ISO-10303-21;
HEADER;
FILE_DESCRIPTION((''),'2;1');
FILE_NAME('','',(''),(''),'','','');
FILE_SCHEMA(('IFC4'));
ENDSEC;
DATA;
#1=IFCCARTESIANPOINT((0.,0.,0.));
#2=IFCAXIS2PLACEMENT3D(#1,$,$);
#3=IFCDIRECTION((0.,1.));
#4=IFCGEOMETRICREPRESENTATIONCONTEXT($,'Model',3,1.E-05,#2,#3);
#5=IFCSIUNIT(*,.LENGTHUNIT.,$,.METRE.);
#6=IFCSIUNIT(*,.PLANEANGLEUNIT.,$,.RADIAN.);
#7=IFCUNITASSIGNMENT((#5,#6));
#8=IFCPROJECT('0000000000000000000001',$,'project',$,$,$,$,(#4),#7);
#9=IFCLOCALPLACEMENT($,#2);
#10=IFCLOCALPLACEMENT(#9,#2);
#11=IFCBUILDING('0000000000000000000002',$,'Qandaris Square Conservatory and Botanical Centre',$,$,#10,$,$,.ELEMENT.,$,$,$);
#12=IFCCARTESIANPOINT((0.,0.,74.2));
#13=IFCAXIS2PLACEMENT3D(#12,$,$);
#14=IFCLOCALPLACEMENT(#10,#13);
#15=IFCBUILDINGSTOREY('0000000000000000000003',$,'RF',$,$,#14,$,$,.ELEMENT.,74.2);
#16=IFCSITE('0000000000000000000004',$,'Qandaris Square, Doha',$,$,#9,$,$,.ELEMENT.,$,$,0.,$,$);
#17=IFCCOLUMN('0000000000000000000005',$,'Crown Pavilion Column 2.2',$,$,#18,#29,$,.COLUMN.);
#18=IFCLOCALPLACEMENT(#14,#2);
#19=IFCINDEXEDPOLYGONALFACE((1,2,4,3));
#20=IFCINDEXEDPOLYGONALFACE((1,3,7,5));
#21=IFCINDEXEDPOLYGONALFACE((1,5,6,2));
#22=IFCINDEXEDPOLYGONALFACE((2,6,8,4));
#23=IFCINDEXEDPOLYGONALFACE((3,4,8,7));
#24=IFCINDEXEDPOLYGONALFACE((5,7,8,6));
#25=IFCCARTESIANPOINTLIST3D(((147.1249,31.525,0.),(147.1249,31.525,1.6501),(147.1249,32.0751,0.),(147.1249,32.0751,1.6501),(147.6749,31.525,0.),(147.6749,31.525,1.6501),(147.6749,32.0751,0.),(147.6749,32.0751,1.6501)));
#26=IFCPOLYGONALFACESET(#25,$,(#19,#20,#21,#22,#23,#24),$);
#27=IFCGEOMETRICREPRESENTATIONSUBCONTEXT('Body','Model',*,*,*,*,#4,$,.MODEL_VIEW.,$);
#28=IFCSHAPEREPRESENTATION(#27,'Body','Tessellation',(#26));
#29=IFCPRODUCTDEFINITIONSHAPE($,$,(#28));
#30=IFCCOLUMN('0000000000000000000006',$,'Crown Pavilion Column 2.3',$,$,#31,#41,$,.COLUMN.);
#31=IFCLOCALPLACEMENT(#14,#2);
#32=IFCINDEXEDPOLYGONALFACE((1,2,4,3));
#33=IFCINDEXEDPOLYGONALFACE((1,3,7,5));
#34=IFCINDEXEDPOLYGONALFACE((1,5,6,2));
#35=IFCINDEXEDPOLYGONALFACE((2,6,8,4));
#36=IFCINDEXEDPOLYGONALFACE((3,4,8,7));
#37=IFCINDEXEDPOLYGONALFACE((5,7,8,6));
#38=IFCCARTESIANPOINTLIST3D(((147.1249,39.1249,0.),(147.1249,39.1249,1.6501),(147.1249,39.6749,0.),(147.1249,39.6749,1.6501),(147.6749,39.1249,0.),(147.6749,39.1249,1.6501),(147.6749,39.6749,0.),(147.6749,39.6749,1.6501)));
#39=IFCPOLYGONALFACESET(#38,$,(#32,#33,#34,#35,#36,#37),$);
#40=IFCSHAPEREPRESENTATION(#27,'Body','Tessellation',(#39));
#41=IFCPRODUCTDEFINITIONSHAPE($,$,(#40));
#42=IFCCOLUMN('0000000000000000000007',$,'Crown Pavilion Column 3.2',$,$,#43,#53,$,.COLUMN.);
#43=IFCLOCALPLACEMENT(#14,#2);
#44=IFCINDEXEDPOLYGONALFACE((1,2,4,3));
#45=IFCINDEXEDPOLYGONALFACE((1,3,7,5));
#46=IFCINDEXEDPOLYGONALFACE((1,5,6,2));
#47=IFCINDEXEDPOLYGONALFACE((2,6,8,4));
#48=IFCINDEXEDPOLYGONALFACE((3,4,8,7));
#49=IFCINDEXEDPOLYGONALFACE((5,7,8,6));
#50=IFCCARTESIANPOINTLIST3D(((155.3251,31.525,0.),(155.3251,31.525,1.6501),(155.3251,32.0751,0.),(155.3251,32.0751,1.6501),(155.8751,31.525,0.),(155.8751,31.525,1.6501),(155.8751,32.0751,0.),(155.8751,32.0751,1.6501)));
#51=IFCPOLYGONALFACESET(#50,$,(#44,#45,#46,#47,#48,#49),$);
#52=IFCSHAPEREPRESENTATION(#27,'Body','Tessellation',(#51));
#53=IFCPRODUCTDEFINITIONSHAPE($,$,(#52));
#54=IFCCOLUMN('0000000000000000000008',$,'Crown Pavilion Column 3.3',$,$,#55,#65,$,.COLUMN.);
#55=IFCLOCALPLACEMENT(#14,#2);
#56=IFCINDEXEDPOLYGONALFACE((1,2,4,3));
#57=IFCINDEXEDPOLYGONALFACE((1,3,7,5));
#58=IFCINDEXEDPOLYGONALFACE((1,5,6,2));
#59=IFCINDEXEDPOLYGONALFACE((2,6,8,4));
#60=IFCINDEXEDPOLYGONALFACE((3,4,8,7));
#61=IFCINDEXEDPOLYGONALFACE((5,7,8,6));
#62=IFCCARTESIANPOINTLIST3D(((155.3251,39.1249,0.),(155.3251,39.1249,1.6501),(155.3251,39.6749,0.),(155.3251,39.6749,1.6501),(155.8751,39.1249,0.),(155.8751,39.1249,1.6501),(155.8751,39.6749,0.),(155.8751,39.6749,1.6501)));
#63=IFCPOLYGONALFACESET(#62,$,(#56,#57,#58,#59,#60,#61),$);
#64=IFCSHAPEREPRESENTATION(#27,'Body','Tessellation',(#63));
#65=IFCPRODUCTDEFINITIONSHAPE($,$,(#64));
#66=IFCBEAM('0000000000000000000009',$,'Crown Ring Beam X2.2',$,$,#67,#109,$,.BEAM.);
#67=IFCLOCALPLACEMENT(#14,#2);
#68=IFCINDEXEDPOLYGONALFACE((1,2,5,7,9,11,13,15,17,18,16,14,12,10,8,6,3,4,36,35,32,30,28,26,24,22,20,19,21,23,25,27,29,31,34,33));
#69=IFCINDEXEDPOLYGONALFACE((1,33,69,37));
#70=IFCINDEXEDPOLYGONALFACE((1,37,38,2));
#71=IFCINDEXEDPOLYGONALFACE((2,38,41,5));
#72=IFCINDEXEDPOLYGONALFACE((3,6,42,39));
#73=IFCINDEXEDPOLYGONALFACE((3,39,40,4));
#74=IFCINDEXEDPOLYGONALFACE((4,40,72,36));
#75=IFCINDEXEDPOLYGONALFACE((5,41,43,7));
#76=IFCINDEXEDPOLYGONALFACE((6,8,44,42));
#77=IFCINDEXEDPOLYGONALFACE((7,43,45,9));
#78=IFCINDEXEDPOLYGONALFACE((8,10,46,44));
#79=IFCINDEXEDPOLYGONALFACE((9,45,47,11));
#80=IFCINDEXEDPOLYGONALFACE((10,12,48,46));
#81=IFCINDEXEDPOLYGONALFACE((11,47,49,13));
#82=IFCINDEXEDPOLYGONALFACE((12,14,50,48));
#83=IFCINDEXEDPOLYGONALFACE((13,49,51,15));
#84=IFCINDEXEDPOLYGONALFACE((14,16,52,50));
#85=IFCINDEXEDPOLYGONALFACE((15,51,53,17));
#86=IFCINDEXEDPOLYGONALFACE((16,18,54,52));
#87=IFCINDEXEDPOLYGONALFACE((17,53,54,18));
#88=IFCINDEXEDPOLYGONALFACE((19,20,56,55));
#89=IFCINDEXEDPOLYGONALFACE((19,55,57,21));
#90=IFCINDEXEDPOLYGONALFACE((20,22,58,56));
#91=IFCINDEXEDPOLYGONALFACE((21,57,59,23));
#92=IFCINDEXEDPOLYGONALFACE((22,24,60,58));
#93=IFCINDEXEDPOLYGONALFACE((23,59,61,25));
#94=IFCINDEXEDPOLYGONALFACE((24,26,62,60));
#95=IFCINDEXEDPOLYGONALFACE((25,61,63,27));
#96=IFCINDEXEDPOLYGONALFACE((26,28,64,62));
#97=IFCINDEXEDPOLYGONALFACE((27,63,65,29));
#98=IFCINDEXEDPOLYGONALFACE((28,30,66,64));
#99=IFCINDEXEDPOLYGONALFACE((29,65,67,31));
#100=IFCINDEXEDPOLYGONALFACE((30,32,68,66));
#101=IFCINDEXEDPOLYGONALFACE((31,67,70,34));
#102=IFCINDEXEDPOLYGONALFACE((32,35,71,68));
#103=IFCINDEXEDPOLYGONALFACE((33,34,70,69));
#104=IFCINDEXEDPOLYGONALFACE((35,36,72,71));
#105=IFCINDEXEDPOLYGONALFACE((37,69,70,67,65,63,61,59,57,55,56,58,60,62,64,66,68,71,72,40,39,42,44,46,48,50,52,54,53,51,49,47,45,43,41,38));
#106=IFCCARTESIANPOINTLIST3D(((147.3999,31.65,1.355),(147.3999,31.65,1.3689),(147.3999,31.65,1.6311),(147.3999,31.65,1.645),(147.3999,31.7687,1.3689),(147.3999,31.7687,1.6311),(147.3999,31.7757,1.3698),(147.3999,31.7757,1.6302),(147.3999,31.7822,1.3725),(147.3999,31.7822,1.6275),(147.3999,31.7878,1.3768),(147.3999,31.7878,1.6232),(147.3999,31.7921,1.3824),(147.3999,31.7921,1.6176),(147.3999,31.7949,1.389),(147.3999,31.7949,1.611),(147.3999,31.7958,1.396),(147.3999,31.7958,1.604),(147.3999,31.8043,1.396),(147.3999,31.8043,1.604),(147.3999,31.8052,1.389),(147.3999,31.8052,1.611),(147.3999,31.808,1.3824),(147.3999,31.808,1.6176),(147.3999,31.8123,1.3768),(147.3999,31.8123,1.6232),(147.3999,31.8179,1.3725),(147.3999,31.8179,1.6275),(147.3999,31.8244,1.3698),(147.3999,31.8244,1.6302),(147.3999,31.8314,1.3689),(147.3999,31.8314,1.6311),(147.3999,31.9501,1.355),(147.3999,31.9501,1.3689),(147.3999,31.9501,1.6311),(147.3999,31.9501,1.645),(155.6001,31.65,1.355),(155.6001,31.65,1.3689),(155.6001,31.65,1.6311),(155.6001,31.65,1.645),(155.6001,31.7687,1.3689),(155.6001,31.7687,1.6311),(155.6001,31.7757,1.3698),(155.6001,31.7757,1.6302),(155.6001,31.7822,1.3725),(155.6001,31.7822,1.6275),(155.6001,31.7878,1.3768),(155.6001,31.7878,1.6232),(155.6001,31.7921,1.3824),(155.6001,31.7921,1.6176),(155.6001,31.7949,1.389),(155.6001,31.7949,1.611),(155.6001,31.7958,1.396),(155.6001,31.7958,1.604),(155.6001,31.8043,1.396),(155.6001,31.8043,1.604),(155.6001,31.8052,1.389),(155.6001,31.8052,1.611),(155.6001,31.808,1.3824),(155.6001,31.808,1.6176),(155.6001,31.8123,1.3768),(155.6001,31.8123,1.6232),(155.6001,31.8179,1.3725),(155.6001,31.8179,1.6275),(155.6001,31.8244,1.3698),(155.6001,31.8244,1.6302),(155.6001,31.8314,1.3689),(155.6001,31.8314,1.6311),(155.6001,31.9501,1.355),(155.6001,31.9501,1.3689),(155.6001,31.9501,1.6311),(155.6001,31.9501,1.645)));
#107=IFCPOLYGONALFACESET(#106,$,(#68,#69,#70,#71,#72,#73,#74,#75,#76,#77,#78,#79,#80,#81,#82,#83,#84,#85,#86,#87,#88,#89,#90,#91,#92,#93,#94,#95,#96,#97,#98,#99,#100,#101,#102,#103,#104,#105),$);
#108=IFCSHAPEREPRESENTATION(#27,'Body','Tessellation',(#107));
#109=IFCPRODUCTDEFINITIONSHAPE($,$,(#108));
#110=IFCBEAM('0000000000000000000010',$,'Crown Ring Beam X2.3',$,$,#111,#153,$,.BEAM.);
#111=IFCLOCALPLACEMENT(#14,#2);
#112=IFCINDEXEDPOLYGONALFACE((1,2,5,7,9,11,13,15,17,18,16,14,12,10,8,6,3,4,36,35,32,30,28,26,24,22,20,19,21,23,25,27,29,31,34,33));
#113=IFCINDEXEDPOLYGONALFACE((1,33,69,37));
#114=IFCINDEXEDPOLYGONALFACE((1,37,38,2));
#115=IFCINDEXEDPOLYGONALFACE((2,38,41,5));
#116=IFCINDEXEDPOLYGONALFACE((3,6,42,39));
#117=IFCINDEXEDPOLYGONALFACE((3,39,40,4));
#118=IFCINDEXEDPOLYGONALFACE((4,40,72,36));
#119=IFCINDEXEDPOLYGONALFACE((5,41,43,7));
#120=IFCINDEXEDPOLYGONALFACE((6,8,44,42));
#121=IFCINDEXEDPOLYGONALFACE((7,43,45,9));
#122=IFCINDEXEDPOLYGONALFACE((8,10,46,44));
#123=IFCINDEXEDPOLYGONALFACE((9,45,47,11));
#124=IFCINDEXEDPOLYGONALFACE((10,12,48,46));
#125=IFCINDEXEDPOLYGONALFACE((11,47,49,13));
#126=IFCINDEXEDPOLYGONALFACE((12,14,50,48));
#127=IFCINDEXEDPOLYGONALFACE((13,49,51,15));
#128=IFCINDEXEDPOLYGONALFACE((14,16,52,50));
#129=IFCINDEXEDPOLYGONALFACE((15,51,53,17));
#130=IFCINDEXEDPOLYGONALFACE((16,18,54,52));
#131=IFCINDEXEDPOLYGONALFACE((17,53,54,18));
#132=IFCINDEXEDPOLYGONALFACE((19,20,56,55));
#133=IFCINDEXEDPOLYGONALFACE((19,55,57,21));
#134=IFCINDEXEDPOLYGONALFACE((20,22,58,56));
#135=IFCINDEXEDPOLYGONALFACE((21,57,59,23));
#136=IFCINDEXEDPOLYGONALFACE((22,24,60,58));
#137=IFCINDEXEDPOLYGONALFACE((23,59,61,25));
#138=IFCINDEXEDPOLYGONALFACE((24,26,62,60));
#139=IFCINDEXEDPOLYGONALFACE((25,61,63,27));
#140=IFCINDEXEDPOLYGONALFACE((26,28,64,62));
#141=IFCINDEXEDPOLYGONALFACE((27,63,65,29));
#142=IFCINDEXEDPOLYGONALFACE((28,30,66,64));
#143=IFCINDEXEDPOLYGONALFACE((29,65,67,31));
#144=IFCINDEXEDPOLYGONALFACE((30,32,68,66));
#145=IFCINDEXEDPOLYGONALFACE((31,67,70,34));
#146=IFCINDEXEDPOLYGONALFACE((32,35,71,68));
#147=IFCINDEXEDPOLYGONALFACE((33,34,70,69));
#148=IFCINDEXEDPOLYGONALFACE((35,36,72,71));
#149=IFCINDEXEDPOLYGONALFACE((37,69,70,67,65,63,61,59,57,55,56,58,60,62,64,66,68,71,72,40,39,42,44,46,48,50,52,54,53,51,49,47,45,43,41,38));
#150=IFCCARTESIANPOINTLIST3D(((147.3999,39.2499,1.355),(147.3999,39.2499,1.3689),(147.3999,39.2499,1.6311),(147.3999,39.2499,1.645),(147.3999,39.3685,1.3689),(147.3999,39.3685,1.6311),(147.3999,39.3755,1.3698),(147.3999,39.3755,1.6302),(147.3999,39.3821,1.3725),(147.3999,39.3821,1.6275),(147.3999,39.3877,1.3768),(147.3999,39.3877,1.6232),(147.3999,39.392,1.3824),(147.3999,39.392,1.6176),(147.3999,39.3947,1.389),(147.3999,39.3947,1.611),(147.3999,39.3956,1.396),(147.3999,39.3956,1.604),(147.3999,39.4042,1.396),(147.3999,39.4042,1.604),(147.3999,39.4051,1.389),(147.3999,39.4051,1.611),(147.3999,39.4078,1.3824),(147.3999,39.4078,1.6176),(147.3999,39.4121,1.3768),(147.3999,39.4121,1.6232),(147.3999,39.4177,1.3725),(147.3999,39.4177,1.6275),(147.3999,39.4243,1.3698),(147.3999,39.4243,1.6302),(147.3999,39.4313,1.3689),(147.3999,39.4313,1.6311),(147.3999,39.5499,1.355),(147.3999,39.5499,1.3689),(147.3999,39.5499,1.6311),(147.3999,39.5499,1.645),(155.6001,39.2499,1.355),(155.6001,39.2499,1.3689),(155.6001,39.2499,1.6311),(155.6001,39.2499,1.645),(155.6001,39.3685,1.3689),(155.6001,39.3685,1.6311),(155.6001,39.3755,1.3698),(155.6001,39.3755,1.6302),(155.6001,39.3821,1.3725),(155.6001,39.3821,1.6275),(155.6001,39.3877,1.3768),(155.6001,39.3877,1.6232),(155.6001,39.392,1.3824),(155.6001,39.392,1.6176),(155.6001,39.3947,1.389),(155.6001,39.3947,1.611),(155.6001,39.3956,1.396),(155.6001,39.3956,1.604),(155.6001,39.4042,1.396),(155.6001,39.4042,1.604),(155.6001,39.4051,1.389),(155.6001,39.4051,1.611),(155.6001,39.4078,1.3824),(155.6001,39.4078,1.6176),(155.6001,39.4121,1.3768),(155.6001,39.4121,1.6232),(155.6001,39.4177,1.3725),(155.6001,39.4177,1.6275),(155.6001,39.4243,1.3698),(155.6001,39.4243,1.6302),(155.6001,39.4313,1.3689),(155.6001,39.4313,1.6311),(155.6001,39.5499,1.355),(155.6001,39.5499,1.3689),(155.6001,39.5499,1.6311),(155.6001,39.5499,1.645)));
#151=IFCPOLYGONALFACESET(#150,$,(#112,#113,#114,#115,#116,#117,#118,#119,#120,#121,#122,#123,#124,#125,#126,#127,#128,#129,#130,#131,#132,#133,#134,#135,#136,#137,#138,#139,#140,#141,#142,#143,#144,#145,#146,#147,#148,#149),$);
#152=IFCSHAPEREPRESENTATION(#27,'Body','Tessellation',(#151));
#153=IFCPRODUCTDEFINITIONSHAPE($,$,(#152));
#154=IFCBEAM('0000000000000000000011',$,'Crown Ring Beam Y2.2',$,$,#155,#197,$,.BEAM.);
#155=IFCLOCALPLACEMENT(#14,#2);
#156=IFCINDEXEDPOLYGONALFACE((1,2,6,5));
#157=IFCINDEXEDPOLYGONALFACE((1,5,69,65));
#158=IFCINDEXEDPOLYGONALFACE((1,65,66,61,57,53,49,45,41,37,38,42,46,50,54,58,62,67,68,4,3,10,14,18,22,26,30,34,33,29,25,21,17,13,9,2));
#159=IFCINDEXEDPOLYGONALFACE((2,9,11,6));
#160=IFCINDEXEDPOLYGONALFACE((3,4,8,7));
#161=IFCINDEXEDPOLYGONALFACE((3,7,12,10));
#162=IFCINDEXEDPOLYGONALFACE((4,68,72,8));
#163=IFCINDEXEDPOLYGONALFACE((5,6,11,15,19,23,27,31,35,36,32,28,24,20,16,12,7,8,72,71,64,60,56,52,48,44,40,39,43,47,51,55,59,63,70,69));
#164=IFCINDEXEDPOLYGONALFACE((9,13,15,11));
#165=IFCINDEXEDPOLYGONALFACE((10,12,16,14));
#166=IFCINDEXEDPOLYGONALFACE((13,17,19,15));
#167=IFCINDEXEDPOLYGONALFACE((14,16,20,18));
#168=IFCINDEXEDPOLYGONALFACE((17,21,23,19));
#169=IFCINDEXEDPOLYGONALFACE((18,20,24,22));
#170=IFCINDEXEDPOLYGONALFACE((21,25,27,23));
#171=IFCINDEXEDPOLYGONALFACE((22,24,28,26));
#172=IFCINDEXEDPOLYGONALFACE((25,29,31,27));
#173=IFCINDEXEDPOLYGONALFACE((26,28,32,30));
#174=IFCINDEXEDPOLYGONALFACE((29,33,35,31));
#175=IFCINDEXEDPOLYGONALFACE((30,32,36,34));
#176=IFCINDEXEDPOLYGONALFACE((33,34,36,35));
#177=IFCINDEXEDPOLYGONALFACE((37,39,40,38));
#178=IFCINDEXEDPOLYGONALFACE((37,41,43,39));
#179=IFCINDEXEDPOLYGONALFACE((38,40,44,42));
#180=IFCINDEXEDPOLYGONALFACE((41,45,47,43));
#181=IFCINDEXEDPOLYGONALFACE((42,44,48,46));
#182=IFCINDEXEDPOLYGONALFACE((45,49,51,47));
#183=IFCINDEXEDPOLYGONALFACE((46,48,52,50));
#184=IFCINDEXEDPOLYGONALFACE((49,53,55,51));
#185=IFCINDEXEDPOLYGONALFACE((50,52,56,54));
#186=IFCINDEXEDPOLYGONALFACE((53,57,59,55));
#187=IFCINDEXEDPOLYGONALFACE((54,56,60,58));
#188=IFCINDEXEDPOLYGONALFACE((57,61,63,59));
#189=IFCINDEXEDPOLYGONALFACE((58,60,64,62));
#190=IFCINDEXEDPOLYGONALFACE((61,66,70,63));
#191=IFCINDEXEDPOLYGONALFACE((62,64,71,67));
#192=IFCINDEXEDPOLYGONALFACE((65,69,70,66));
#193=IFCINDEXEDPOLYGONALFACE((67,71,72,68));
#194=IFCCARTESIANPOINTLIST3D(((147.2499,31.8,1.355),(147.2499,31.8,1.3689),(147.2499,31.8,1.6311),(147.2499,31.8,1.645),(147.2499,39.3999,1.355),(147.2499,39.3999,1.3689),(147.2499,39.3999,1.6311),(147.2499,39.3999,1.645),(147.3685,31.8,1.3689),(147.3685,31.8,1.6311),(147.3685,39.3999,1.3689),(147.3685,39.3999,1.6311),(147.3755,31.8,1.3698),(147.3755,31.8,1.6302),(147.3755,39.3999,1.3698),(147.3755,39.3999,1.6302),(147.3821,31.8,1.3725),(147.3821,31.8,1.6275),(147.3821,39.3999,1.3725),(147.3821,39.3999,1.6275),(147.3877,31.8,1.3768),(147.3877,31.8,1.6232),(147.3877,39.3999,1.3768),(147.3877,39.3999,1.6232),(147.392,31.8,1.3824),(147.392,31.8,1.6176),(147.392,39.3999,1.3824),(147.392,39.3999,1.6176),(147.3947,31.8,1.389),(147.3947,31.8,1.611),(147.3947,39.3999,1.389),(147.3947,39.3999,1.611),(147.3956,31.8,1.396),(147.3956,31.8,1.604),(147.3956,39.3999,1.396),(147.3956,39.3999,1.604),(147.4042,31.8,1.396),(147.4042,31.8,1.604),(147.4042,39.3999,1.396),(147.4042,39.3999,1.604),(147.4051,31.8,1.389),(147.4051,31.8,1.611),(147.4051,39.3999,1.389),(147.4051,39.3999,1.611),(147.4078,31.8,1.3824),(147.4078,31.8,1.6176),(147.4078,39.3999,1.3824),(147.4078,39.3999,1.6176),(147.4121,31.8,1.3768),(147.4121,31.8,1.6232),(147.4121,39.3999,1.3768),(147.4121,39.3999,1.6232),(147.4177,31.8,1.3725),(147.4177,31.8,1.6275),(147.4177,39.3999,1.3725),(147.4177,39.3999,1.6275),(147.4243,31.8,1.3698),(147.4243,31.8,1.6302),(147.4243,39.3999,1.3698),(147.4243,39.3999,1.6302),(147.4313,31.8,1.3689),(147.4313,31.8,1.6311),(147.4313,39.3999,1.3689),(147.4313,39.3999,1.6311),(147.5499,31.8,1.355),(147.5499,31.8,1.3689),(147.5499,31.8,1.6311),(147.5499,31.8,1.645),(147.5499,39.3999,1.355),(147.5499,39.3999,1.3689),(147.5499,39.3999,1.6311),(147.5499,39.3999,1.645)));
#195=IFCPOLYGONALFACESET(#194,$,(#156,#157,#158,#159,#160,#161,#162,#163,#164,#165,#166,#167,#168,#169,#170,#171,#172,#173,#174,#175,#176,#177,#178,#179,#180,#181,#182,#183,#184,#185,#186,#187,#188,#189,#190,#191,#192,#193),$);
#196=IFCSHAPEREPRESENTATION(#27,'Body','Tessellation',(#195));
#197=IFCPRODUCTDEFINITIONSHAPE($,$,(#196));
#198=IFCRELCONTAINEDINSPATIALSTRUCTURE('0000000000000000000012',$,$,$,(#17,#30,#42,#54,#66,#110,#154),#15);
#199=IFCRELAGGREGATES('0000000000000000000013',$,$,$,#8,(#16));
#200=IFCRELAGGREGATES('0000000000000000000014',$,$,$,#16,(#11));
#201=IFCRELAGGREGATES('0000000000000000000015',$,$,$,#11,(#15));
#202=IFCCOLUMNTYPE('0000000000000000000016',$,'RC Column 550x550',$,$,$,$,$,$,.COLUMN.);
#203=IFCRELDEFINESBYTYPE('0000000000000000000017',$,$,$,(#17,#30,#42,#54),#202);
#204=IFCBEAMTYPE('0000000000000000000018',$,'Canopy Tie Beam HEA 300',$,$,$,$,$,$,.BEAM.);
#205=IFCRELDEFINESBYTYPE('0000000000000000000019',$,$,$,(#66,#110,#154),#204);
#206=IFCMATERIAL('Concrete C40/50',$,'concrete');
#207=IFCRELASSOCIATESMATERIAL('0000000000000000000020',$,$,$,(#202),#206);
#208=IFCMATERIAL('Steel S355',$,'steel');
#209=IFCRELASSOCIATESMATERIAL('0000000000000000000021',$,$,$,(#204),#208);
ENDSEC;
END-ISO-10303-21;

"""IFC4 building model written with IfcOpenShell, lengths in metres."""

from ifc_helpers import new_model, si_unit, direction, frame, origin, origin_2d, place, context, subcontext, project, spatial, rectangle, i_section, extrude, material, material_profile, profile_set, type_object, element, save


model = new_model("IFC4")

# Units and contexts
model_context = context("Model", 3, precision=1e-05, world=origin(), true_north=direction((0.0, 1.0)))
body_context = subcontext(model_context, "Body", "Model", "MODEL_VIEW")
ifc_project = project(units=[si_unit("LENGTHUNIT", "METRE"), si_unit("PLANEANGLEUNIT", "RADIAN")], contexts=[model_context])

# Site, building, storey
site_placement = place(None, origin())
site = spatial("IfcSite", under=ifc_project, at=site_placement, Name="Qandaris Square, Doha", CompositionType="ELEMENT", RefElevation=0.0)
building_placement = place(site_placement, origin())
building = spatial("IfcBuilding", under=site, at=building_placement, Name="Qandaris Square Conservatory and Botanical Centre", CompositionType="ELEMENT")
storey_placement = place(building_placement, frame((0.0, 0.0, 74.2)))
storey = spatial("IfcBuildingStorey", under=building, at=storey_placement, Name="RF", CompositionType="ELEMENT", Elevation=74.2)

# Columns
ifc_material_1 = material(Name="Concrete C40/50", Category="concrete")
ifc_material_profile_1 = material_profile(ifc_material_1, rectangle(XDim=0.55, YDim=0.55, at=origin_2d()), Name="RC-COL 550x550")
ifc_profile_set_1 = profile_set([ifc_material_profile_1], Name="Concrete C40/50")
column_type = type_object("IfcColumnType", Name="RC Column 550x550", PredefinedType="COLUMN", material=ifc_profile_set_1)
for number, where, z_axis, x_axis, name in (
    (1, (147.3999, 31.8, 0.0), (0.0, 0.0, 1.0), (1.0, 0.0, 0.0), "Crown Pavilion Column 2.2"),
    (2, (147.3999, 39.3999, 0.0), (0.0, 0.0, 1.0), (1.0, 0.0, 0.0), "Crown Pavilion Column 2.3"),
    (3, (155.6001, 31.8, 0.0), (0.0, 0.0, 1.0), (1.0, 0.0, 0.0), "Crown Pavilion Column 3.2"),
    (4, (155.6001, 39.3999, 0.0), (0.0, 0.0, 1.0), (1.0, 0.0, 0.0), "Crown Pavilion Column 3.3"),
):
    element("IfcColumn", number, at=place(storey_placement, frame(where, z_axis=z_axis, x_axis=x_axis)), inside=storey, type_object=column_type, Name=name, PredefinedType="COLUMN", context=body_context, shape_type="SweptSolid", body=[
        extrude(rectangle(XDim=0.55, YDim=0.55, at=origin_2d()), origin(), (0.0, 0.0, 1.0), 1.6501),
    ])

# Beams
ifc_material_2 = material(Name="Steel S355", Category="steel")
ifc_material_profile_2 = material_profile(ifc_material_2, i_section(OverallWidth=0.3, OverallDepth=0.29, WebThickness=0.0085, FlangeThickness=0.0139, FilletRadius=0.0271, at=origin_2d()), Name="HEA 300")
ifc_profile_set_2 = profile_set([ifc_material_profile_2], Name="Steel S355")
beam_type = type_object("IfcBeamType", Name="Canopy Tie Beam HEA 300", PredefinedType="BEAM", material=ifc_profile_set_2)
for number, where, z_axis, x_axis, name in (
    (5, (147.3999, 31.8, 1.5), (1.0, 0.0, 0.0), (0.0, 1.0, 0.0), "Crown Ring Beam X2.2"),
    (6, (147.3999, 39.3999, 1.5), (1.0, 0.0, 0.0), (0.0, 1.0, 0.0), "Crown Ring Beam X2.3"),
):
    element("IfcBeam", number, at=place(storey_placement, frame(where, z_axis=z_axis, x_axis=x_axis)), inside=storey, type_object=beam_type, Name=name, PredefinedType="BEAM", context=body_context, shape_type="SweptSolid", body=[
        extrude(i_section(OverallWidth=0.3, OverallDepth=0.29, WebThickness=0.0085, FlangeThickness=0.0139, FilletRadius=0.0271, at=origin_2d()), origin(), (0.0, 0.0, 1.0), 8.2002),
    ])
for number, where, z_axis, x_axis, name in (
    (7, (147.3999, 31.8, 1.5), (0.0, 1.0, 0.0), (-1.0, 0.0, 0.0), "Crown Ring Beam Y2.2"),
):
    element("IfcBeam", number, at=place(storey_placement, frame(where, z_axis=z_axis, x_axis=x_axis)), inside=storey, type_object=beam_type, Name=name, PredefinedType="BEAM", context=body_context, shape_type="SweptSolid", body=[
        extrude(i_section(OverallWidth=0.3, OverallDepth=0.29, WebThickness=0.0085, FlangeThickness=0.0139, FilletRadius=0.0271, at=origin_2d()), origin(), (0.0, 0.0, 1.0), 7.5999),
    ])

save(model, "model.ifc")
